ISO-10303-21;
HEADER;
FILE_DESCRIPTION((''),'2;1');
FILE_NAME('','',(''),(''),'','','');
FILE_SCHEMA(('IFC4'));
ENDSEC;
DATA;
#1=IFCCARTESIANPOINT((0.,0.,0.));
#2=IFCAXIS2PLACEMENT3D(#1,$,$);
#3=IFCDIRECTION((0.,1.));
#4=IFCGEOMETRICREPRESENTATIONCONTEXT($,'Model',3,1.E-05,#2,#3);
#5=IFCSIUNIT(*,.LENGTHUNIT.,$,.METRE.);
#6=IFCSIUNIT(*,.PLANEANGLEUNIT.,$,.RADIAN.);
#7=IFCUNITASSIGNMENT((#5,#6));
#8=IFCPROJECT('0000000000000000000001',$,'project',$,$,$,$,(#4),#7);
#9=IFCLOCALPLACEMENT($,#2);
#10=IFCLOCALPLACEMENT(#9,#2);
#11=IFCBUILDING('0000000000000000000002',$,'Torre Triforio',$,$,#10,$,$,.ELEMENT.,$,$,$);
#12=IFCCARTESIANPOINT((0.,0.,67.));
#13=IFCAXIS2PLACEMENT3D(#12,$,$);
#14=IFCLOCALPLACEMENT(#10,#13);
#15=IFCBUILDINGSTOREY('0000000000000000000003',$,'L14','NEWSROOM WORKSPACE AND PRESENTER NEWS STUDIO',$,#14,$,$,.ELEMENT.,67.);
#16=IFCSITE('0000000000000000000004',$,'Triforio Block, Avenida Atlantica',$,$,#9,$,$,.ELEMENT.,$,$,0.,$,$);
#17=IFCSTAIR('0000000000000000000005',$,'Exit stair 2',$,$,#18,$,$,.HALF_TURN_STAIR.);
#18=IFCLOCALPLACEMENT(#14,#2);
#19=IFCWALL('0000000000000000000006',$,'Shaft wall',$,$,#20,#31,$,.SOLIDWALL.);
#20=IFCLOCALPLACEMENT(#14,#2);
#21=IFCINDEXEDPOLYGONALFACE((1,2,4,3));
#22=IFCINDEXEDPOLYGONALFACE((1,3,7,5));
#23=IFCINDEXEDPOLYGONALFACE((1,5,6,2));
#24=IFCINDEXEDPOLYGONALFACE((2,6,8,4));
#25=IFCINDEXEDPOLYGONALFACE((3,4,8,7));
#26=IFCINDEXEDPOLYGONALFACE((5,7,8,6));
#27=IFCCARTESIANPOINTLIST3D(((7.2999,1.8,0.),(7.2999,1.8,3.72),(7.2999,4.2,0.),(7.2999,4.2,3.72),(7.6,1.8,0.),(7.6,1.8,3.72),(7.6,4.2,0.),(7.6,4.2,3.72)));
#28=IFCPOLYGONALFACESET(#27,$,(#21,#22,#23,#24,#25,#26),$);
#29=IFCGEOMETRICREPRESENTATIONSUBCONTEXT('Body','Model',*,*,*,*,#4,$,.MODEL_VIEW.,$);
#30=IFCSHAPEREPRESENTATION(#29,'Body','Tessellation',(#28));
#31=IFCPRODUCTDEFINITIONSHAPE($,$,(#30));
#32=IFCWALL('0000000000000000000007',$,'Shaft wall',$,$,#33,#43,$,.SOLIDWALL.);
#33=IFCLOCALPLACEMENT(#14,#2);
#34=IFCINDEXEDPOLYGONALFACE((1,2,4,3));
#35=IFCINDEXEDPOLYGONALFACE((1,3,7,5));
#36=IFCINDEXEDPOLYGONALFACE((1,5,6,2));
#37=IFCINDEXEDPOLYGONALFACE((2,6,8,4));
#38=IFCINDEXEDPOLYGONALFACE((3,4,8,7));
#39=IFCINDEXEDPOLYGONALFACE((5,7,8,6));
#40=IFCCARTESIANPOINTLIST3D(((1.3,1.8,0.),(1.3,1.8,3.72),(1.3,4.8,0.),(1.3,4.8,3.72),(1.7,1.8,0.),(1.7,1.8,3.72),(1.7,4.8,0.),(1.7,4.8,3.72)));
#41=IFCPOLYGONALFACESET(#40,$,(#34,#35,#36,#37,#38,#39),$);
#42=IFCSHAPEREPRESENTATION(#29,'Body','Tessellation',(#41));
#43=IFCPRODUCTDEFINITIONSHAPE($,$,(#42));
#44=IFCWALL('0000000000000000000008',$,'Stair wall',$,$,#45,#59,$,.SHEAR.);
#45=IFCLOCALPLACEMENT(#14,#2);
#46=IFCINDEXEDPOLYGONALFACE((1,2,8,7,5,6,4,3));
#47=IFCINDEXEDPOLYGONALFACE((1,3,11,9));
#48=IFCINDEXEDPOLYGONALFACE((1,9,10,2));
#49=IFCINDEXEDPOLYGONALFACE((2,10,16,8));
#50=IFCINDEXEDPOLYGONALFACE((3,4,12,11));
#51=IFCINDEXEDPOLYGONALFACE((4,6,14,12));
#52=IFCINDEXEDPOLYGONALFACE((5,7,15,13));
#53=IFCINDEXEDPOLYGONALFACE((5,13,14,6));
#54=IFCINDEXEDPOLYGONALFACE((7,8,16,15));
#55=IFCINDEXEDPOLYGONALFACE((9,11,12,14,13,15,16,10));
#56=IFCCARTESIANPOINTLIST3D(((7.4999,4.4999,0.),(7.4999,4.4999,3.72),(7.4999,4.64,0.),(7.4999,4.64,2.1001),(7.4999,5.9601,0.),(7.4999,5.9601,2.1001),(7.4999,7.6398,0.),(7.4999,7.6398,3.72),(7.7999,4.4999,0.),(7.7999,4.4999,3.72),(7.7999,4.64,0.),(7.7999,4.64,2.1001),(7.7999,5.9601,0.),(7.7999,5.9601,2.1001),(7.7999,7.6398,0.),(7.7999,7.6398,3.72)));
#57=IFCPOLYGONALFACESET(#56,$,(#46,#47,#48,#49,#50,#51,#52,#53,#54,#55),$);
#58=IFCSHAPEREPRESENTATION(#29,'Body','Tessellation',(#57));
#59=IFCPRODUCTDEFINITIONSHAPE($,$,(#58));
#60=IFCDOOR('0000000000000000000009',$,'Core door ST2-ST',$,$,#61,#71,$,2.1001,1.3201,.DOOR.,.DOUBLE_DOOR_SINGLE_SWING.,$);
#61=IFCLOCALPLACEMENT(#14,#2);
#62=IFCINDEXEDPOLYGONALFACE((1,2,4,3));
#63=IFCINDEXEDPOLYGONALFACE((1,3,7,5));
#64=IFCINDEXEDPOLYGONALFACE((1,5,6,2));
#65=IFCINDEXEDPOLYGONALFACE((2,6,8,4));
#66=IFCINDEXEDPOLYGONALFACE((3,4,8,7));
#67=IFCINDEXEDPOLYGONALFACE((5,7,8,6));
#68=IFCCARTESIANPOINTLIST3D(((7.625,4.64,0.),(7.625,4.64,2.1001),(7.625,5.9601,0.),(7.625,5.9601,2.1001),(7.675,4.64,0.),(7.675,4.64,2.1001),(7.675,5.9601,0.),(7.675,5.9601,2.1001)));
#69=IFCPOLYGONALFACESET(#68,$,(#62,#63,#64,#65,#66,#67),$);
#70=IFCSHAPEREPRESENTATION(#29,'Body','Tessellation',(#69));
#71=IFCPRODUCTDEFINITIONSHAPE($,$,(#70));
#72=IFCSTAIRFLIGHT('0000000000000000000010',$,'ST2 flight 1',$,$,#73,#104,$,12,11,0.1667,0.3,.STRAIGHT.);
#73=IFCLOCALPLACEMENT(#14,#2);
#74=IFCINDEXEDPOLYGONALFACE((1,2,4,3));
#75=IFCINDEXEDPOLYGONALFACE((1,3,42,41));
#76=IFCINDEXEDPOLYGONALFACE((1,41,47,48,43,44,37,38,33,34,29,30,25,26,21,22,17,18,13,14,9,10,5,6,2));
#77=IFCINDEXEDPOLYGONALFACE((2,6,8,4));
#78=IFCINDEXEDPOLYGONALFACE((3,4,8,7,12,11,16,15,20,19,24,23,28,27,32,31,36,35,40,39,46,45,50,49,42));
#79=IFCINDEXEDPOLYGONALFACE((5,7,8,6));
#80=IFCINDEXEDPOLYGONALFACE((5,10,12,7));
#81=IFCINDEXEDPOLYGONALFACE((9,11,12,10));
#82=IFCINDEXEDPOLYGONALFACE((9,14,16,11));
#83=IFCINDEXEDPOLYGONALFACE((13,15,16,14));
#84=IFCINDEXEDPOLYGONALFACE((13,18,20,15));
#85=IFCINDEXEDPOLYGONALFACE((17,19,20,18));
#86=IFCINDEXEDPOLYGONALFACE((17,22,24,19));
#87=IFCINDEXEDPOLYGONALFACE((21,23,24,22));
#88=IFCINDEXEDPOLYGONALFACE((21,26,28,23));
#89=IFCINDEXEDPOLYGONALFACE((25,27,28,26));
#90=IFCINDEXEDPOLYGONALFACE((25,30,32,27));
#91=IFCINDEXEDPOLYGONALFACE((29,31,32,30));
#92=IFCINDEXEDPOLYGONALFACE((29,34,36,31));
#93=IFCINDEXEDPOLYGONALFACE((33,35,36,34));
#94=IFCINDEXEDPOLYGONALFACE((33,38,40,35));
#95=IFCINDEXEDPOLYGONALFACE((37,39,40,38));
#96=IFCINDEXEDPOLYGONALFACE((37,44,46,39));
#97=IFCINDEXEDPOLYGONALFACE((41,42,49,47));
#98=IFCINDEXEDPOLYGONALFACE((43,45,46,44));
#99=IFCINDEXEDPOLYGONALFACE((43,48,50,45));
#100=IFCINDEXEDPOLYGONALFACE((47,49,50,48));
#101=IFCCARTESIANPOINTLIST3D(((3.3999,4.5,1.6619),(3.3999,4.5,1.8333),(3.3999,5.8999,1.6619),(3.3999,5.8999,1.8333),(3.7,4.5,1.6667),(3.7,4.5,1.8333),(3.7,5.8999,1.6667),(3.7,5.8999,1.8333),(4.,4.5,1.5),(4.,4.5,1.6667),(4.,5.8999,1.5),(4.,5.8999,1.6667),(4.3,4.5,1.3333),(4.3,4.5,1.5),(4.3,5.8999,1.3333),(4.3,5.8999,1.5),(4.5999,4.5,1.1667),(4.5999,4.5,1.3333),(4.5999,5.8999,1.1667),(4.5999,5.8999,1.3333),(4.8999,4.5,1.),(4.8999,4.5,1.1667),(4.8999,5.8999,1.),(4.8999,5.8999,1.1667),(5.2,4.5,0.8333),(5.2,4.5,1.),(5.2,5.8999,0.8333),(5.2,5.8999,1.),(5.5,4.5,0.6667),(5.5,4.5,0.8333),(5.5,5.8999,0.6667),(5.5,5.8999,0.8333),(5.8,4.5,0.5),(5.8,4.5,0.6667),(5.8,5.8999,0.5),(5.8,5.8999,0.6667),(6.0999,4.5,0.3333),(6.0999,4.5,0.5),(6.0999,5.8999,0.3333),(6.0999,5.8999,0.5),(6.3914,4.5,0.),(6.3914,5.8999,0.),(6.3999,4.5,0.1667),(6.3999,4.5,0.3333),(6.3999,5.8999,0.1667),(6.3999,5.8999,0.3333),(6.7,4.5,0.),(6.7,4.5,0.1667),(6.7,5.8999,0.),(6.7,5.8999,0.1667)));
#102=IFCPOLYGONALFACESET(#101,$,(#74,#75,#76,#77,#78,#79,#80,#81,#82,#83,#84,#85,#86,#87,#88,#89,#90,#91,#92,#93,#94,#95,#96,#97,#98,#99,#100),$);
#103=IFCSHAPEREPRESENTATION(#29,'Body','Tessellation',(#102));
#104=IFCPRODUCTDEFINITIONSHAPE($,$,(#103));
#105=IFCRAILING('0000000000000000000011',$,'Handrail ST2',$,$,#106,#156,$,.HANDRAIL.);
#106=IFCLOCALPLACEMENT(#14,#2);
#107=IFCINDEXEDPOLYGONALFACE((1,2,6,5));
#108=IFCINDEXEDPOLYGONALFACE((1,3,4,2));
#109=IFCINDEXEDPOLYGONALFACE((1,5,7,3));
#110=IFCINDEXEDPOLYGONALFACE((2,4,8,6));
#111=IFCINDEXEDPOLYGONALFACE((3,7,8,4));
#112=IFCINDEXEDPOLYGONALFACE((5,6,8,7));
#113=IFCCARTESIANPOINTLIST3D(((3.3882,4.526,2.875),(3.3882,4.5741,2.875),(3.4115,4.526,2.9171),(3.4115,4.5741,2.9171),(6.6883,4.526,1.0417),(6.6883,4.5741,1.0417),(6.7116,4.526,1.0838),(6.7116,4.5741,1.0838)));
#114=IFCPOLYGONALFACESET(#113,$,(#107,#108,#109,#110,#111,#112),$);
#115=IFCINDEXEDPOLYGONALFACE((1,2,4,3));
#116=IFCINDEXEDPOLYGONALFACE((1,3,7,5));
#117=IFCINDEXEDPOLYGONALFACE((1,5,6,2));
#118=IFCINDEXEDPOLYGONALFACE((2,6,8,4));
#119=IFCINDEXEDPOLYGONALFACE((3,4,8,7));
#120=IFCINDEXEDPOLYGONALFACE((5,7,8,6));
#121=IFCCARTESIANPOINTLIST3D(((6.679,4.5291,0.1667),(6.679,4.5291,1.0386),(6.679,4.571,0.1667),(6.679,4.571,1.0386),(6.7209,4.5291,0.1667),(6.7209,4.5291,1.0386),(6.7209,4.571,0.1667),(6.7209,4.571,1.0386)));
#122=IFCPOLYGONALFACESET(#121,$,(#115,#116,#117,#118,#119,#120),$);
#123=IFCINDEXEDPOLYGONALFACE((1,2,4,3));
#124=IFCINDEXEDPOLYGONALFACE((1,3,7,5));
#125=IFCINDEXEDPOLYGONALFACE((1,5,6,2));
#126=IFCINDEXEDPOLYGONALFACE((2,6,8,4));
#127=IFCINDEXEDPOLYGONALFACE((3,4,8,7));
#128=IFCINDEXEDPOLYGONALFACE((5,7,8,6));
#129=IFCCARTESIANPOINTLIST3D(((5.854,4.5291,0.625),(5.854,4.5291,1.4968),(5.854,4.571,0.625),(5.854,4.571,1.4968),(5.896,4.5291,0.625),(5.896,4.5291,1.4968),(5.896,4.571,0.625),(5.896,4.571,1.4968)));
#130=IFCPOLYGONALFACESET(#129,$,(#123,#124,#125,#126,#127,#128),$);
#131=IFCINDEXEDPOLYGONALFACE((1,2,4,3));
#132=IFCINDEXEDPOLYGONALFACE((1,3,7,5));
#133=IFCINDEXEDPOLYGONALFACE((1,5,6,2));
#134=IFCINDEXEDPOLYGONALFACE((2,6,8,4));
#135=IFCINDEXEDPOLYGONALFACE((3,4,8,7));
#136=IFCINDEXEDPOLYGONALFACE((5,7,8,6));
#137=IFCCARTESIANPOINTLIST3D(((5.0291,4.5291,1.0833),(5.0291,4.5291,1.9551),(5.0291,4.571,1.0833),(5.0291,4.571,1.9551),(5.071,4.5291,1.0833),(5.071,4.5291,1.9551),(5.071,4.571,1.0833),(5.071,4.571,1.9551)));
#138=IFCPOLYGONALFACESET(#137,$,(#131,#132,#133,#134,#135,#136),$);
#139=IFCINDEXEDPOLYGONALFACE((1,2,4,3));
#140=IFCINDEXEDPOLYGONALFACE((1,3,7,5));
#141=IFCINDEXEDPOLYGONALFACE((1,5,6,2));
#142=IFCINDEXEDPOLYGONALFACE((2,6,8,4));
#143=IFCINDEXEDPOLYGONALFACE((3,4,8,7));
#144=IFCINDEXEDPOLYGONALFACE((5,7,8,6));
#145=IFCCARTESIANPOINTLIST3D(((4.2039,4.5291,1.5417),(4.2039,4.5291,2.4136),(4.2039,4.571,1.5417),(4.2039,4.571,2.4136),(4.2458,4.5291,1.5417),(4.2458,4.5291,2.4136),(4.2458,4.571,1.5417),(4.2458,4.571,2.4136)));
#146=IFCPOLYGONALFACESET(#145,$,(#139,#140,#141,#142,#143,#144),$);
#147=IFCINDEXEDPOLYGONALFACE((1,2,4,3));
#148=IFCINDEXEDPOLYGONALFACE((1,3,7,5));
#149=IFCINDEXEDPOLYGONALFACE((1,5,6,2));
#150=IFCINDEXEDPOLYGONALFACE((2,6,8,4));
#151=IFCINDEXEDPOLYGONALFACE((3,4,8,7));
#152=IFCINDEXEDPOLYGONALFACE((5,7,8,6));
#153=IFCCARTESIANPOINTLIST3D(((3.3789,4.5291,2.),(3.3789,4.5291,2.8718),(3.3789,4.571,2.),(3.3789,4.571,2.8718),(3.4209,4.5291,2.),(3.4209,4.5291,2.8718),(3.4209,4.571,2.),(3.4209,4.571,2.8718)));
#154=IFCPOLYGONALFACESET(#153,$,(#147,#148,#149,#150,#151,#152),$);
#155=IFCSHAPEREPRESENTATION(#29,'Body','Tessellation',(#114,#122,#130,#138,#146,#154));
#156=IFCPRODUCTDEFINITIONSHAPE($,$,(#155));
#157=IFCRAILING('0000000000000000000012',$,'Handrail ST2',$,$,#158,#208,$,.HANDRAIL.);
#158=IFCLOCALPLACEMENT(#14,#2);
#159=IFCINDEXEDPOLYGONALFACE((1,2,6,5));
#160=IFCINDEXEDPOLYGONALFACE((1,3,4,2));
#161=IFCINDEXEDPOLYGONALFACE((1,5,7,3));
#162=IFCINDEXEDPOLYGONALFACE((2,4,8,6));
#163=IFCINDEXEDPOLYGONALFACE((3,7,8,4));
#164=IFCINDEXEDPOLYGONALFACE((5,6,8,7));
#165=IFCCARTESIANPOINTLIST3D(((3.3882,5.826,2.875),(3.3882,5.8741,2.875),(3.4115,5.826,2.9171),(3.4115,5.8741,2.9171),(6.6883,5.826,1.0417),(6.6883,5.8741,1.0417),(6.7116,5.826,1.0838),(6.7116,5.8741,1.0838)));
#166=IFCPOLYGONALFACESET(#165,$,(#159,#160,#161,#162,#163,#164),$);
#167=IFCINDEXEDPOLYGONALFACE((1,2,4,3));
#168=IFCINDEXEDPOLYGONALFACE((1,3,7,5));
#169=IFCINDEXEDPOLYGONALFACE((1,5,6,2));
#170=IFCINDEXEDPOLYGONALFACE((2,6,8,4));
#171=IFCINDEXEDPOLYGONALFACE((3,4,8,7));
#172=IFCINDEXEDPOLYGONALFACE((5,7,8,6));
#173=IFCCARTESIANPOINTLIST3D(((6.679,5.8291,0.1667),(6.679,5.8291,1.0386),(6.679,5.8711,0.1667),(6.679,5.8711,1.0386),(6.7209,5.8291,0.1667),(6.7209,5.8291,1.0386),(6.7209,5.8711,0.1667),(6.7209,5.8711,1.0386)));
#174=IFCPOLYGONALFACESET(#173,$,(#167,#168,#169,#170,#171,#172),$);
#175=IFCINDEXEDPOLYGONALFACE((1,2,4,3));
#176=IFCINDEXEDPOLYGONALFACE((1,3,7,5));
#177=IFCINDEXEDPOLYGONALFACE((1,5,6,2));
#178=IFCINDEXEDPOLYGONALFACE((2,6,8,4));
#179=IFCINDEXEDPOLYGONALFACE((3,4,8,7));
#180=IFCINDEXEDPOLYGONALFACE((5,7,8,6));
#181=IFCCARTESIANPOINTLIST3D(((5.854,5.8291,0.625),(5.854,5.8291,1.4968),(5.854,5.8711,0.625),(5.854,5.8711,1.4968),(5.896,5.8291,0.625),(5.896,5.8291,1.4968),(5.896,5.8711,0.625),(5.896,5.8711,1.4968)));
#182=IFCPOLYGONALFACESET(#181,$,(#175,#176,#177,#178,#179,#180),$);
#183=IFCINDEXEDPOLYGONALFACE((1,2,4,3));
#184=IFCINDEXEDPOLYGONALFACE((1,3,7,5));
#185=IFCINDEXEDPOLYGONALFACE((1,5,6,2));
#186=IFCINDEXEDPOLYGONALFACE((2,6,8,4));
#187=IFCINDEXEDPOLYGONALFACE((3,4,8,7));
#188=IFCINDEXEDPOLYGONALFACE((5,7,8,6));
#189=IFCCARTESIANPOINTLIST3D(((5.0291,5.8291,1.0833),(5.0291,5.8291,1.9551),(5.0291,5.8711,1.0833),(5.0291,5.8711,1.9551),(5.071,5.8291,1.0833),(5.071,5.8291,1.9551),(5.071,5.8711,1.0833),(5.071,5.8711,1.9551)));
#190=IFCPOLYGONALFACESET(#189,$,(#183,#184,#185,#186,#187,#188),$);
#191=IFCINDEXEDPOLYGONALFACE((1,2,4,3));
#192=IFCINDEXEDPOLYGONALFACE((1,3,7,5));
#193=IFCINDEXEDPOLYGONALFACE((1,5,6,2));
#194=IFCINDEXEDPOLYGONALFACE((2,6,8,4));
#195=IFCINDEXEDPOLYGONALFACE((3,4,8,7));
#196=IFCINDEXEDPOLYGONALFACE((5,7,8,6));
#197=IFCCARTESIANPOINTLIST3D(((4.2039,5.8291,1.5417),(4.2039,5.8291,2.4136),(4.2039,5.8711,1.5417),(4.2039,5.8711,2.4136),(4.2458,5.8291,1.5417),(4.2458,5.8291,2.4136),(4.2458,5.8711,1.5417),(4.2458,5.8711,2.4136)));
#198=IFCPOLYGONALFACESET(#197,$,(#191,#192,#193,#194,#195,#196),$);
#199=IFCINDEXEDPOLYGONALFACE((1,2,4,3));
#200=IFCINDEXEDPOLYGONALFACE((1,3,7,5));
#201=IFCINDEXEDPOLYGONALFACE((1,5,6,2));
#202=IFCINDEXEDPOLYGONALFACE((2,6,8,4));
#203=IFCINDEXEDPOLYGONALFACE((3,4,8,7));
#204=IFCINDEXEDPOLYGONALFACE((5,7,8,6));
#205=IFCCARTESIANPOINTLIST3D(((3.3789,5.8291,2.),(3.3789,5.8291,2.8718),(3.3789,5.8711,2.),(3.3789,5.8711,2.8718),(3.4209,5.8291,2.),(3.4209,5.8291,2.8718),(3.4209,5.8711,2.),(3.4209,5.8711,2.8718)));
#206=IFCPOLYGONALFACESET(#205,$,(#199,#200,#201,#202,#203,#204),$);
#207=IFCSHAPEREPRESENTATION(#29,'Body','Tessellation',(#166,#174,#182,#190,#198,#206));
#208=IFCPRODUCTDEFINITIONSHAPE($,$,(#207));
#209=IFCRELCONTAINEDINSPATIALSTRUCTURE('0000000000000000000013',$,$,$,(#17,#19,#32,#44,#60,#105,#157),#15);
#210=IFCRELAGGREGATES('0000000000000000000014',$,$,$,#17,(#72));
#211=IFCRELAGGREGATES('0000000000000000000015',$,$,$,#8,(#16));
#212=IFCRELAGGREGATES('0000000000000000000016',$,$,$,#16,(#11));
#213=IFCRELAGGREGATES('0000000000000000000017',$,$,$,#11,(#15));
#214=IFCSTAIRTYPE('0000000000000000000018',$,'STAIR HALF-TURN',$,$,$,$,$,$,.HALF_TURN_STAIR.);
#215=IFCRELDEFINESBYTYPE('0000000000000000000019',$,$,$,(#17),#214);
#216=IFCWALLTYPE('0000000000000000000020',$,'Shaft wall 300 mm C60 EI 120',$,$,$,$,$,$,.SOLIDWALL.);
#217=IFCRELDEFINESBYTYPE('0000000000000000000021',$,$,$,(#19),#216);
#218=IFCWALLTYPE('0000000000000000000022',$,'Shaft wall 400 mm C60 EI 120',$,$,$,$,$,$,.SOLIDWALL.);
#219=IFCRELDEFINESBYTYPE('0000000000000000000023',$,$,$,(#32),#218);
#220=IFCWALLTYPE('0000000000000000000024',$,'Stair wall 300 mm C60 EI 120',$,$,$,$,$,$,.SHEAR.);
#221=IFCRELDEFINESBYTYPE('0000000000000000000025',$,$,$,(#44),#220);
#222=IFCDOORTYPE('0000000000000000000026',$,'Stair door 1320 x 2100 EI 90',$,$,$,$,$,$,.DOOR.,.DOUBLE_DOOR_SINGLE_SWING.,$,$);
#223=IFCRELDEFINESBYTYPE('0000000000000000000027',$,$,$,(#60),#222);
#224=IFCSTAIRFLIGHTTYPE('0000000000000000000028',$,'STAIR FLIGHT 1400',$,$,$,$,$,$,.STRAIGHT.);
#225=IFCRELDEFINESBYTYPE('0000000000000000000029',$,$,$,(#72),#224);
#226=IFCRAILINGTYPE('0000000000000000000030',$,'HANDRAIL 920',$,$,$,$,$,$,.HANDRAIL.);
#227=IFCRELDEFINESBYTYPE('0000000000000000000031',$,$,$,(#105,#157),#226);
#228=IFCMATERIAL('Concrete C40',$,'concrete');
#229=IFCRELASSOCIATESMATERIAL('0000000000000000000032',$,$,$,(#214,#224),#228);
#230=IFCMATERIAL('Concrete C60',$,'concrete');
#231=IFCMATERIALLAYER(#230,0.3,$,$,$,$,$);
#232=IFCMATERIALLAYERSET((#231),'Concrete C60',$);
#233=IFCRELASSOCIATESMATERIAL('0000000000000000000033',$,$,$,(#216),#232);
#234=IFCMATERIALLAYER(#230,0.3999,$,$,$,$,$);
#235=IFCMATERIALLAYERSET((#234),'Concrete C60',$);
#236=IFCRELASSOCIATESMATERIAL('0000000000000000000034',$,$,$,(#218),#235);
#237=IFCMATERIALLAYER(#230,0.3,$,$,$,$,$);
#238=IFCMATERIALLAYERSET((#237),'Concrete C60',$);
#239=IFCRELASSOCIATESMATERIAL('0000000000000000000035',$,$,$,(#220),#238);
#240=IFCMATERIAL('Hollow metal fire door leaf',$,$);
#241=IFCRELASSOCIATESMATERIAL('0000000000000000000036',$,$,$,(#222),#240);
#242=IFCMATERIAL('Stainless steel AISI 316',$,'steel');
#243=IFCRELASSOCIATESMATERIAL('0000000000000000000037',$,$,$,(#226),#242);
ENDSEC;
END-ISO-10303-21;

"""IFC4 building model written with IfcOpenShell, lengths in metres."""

from ifc_helpers import new_model, si_unit, direction, frame, frame_2d, origin, origin_2d, place, context, subcontext, project, spatial, polyline, rectangle, outline, extrude, material, layer, layer_set, type_object, element, fill, aggregate, save


model = new_model("IFC4")

# Units and contexts
model_context = context("Model", 3, precision=1e-05, world=origin(), true_north=direction((0.0, 1.0)))
body_context = subcontext(model_context, "Body", "Model", "MODEL_VIEW")
ifc_project = project(units=[si_unit("LENGTHUNIT", "METRE"), si_unit("PLANEANGLEUNIT", "RADIAN")], contexts=[model_context])

# Site, building, storey
site_placement = place(None, origin())
site = spatial("IfcSite", under=ifc_project, at=site_placement, Name="Triforio Block, Avenida Atlantica", CompositionType="ELEMENT", RefElevation=0.0)
building_placement = place(site_placement, origin())
building = spatial("IfcBuilding", under=site, at=building_placement, Name="Torre Triforio", CompositionType="ELEMENT")
storey_placement = place(building_placement, frame((0.0, 0.0, 67.0)))
storey = spatial("IfcBuildingStorey", under=building, at=storey_placement, Name="L14", Description="NEWSROOM WORKSPACE AND PRESENTER NEWS STUDIO", CompositionType="ELEMENT", Elevation=67.0)

# Shared definitions
ifc_material_1 = material(Name="Concrete C60", Category="concrete")

# Stair
ifc_material_2 = material(Name="Concrete C40", Category="concrete")
stair_type = type_object("IfcStairType", Name="STAIR HALF-TURN", PredefinedType="HALF_TURN_STAIR", material=ifc_material_2)
stair_1_placement = place(storey_placement, origin())
stair_1 = element("IfcStair", 1, at=stair_1_placement, inside=storey, type_object=stair_type, Name="Exit stair 2", PredefinedType="HALF_TURN_STAIR")

# Walls
ifc_layer_1 = layer(ifc_material_1, 0.3)
ifc_layer_set_1 = layer_set([ifc_layer_1], Name="Concrete C60")
wall_type_1 = type_object("IfcWallType", Name="Shaft wall 300 mm C60 EI 120", PredefinedType="SOLIDWALL", material=ifc_layer_set_1)
for number, where, z_axis, x_axis, name in (
    (2, (7.45, 1.8, 0.0), (0.0, 0.0, 1.0), (0.0, 1.0, 0.0), "Shaft wall"),
):
    element("IfcWall", number, at=place(storey_placement, frame(where, z_axis=z_axis, x_axis=x_axis)), inside=storey, type_object=wall_type_1, Name=name, PredefinedType="SOLIDWALL", context=body_context, shape_type="SweptSolid", body=[
        extrude(rectangle(XDim=2.3999, YDim=0.3, at=frame_2d((1.2, 0.0))), origin(), (0.0, 0.0, 1.0), 3.72),
    ])
ifc_layer_2 = layer(ifc_material_1, 0.3999)
ifc_layer_set_2 = layer_set([ifc_layer_2], Name="Concrete C60")
wall_type_2 = type_object("IfcWallType", Name="Shaft wall 400 mm C60 EI 120", PredefinedType="SOLIDWALL", material=ifc_layer_set_2)
wall_1_placement = place(storey_placement, frame((1.5, 1.8, 0.0), z_axis=(0.0, 0.0, 1.0), x_axis=(0.0, 1.0, 0.0)))
element("IfcWall", 3, at=wall_1_placement, inside=storey, type_object=wall_type_2, Name="Shaft wall", PredefinedType="SOLIDWALL", context=body_context, shape_type="SweptSolid", body=[
    extrude(rectangle(XDim=3.0, YDim=0.3999, at=frame_2d((1.5, 0.0))), origin(), (0.0, 0.0, 1.0), 3.72),
])

# Wall, opening, door
ifc_layer_3 = layer(ifc_material_1, 0.3)
ifc_layer_set_3 = layer_set([ifc_layer_3], Name="Concrete C60")
wall_type_3 = type_object("IfcWallType", Name="Stair wall 300 mm C60 EI 120", PredefinedType="SHEAR", material=ifc_layer_set_3)
wall_2_placement = place(storey_placement, frame((7.6499, 4.5, 0.0), z_axis=(0.0, 0.0, 1.0), x_axis=(0.0, 1.0, 0.0)))
wall_2 = element("IfcWall", 4, at=wall_2_placement, inside=storey, type_object=wall_type_3, Name="Stair wall", PredefinedType="SHEAR", context=body_context, shape_type="SweptSolid", body=[
    extrude(rectangle(XDim=3.1399, YDim=0.3, at=frame_2d((1.5698, 0.0))), origin(), (0.0, 0.0, 1.0), 3.72),
])
opening_placement = place(wall_2_placement, frame((0.1399, 0.0, 0.0)))
opening = element("IfcOpeningElement", 5, at=opening_placement, cuts=wall_2, PredefinedType="OPENING", context=body_context, shape_type="SweptSolid", body=[
    extrude(rectangle(XDim=1.3201, YDim=2.1001, at=frame_2d((0.6602, 1.05))), frame((0.0, 0.1599, 0.0), z_axis=(0.0, -1.0, 0.0), x_axis=(1.0, 0.0, 0.0)), (0.0, 0.0, 1.0), 0.3201),
])
ifc_material_3 = material(Name="Hollow metal fire door leaf")
door_type = type_object("IfcDoorType", Name="Stair door 1320 x 2100 EI 90", OperationType="DOUBLE_DOOR_SINGLE_SWING", PredefinedType="DOOR", material=ifc_material_3)
door_placement = place(opening_placement, origin())
door = element("IfcDoor", 6, at=door_placement, inside=storey, type_object=door_type, Name="Core door ST2-ST", OperationType="DOUBLE_DOOR_SINGLE_SWING", OverallHeight=2.1001, OverallWidth=1.3201, PredefinedType="DOOR", context=body_context, shape_type="SweptSolid", body=[
    extrude(rectangle(XDim=1.3201, YDim=2.1001, at=frame_2d((0.6602, 1.05))), frame((0.0, 0.0249, 0.0), z_axis=(0.0, -1.0, 0.0), x_axis=(1.0, 0.0, 0.0)), (0.0, 0.0, 1.0), 0.05),
])
fill(opening, door)

# Stair flight
stair_flight_type = type_object("IfcStairFlightType", Name="STAIR FLIGHT 1400", PredefinedType="STRAIGHT", material=ifc_material_2)
stair_flight_placement = place(storey_placement, frame((6.7, 5.2, 0.0), z_axis=(0.0, 0.0, 1.0), x_axis=(-1.0, 0.0, 0.0)))
stair_flight = element("IfcStairFlight", 7, at=stair_flight_placement, type_object=stair_flight_type, Name="ST2 flight 1", NumberOfRisers=12, NumberOfTreads=11, PredefinedType="STRAIGHT", RiserHeight=0.1667, TreadLength=0.3, context=body_context, shape_type="SweptSolid", body=[
    extrude(outline(polyline([(0.0, 0.0), (0.0, 0.1667), (0.3, 0.1667), (0.3, 0.3333), (0.6001, 0.3333), (0.6001, 0.5), (0.8999, 0.5), (0.8999, 0.6667), (1.2, 0.6667), (1.2, 0.8333), (1.5, 0.8333), (1.5, 1.0), (1.8, 1.0), (1.8, 1.1667), (2.1001, 1.1667), (2.1001, 1.3333), (2.3999, 1.3333), (2.3999, 1.5), (2.7, 1.5), (2.7, 1.6667), (3.0, 1.6667), (3.0, 1.8333), (3.3, 1.8333), (3.3, 2.0), (3.3, 1.6619), (0.3086, 0.0), (0.0, 0.0)])), frame((0.0, 0.7, 0.0), z_axis=(0.0, -1.0, 0.0), x_axis=(1.0, 0.0, 0.0)), (0.0, 0.0, 1.0), 1.3999),
])
aggregate(stair_1, [stair_flight])

# Railings
ifc_material_4 = material(Name="Stainless steel AISI 316", Category="steel")
railing_type = type_object("IfcRailingType", Name="HANDRAIL 920", PredefinedType="HANDRAIL", material=ifc_material_4)
for number, where, name in (
    (8, (6.7, 4.55, 0.1667), "Handrail ST2"),
    (9, (6.7, 5.8501, 0.1667), "Handrail ST2"),
):
    element("IfcRailing", number, at=place(storey_placement, frame(where)), inside=storey, type_object=railing_type, Name=name, PredefinedType="HANDRAIL", context=body_context, shape_type="SweptSolid", body=[
        extrude(rectangle(XDim=0.0481, YDim=0.0481, at=origin_2d()), frame((0.0, 0.0, 0.896), z_axis=(-0.874169, 0.0, 0.485621), x_axis=(0.0, -1.0, 0.0)), (0.0, 0.0, 1.0), 3.7751),
        extrude(rectangle(XDim=0.042, YDim=0.042, at=origin_2d()), origin(), (0.0, 0.0, 1.0), 0.8718),
        extrude(rectangle(XDim=0.042, YDim=0.042, at=origin_2d()), frame((-0.825, 0.0, 0.4583)), (0.0, 0.0, 1.0), 0.8718),
        extrude(rectangle(XDim=0.042, YDim=0.042, at=origin_2d()), frame((-1.6499, 0.0, 0.9165)), (0.0, 0.0, 1.0), 0.8718),
        extrude(rectangle(XDim=0.042, YDim=0.042, at=origin_2d()), frame((-2.4751, 0.0, 1.375)), (0.0, 0.0, 1.0), 0.8718),
        extrude(rectangle(XDim=0.042, YDim=0.042, at=origin_2d()), frame((-3.3, 0.0, 1.8333)), (0.0, 0.0, 1.0), 0.8718),
    ])

save(model, "model.ifc")
